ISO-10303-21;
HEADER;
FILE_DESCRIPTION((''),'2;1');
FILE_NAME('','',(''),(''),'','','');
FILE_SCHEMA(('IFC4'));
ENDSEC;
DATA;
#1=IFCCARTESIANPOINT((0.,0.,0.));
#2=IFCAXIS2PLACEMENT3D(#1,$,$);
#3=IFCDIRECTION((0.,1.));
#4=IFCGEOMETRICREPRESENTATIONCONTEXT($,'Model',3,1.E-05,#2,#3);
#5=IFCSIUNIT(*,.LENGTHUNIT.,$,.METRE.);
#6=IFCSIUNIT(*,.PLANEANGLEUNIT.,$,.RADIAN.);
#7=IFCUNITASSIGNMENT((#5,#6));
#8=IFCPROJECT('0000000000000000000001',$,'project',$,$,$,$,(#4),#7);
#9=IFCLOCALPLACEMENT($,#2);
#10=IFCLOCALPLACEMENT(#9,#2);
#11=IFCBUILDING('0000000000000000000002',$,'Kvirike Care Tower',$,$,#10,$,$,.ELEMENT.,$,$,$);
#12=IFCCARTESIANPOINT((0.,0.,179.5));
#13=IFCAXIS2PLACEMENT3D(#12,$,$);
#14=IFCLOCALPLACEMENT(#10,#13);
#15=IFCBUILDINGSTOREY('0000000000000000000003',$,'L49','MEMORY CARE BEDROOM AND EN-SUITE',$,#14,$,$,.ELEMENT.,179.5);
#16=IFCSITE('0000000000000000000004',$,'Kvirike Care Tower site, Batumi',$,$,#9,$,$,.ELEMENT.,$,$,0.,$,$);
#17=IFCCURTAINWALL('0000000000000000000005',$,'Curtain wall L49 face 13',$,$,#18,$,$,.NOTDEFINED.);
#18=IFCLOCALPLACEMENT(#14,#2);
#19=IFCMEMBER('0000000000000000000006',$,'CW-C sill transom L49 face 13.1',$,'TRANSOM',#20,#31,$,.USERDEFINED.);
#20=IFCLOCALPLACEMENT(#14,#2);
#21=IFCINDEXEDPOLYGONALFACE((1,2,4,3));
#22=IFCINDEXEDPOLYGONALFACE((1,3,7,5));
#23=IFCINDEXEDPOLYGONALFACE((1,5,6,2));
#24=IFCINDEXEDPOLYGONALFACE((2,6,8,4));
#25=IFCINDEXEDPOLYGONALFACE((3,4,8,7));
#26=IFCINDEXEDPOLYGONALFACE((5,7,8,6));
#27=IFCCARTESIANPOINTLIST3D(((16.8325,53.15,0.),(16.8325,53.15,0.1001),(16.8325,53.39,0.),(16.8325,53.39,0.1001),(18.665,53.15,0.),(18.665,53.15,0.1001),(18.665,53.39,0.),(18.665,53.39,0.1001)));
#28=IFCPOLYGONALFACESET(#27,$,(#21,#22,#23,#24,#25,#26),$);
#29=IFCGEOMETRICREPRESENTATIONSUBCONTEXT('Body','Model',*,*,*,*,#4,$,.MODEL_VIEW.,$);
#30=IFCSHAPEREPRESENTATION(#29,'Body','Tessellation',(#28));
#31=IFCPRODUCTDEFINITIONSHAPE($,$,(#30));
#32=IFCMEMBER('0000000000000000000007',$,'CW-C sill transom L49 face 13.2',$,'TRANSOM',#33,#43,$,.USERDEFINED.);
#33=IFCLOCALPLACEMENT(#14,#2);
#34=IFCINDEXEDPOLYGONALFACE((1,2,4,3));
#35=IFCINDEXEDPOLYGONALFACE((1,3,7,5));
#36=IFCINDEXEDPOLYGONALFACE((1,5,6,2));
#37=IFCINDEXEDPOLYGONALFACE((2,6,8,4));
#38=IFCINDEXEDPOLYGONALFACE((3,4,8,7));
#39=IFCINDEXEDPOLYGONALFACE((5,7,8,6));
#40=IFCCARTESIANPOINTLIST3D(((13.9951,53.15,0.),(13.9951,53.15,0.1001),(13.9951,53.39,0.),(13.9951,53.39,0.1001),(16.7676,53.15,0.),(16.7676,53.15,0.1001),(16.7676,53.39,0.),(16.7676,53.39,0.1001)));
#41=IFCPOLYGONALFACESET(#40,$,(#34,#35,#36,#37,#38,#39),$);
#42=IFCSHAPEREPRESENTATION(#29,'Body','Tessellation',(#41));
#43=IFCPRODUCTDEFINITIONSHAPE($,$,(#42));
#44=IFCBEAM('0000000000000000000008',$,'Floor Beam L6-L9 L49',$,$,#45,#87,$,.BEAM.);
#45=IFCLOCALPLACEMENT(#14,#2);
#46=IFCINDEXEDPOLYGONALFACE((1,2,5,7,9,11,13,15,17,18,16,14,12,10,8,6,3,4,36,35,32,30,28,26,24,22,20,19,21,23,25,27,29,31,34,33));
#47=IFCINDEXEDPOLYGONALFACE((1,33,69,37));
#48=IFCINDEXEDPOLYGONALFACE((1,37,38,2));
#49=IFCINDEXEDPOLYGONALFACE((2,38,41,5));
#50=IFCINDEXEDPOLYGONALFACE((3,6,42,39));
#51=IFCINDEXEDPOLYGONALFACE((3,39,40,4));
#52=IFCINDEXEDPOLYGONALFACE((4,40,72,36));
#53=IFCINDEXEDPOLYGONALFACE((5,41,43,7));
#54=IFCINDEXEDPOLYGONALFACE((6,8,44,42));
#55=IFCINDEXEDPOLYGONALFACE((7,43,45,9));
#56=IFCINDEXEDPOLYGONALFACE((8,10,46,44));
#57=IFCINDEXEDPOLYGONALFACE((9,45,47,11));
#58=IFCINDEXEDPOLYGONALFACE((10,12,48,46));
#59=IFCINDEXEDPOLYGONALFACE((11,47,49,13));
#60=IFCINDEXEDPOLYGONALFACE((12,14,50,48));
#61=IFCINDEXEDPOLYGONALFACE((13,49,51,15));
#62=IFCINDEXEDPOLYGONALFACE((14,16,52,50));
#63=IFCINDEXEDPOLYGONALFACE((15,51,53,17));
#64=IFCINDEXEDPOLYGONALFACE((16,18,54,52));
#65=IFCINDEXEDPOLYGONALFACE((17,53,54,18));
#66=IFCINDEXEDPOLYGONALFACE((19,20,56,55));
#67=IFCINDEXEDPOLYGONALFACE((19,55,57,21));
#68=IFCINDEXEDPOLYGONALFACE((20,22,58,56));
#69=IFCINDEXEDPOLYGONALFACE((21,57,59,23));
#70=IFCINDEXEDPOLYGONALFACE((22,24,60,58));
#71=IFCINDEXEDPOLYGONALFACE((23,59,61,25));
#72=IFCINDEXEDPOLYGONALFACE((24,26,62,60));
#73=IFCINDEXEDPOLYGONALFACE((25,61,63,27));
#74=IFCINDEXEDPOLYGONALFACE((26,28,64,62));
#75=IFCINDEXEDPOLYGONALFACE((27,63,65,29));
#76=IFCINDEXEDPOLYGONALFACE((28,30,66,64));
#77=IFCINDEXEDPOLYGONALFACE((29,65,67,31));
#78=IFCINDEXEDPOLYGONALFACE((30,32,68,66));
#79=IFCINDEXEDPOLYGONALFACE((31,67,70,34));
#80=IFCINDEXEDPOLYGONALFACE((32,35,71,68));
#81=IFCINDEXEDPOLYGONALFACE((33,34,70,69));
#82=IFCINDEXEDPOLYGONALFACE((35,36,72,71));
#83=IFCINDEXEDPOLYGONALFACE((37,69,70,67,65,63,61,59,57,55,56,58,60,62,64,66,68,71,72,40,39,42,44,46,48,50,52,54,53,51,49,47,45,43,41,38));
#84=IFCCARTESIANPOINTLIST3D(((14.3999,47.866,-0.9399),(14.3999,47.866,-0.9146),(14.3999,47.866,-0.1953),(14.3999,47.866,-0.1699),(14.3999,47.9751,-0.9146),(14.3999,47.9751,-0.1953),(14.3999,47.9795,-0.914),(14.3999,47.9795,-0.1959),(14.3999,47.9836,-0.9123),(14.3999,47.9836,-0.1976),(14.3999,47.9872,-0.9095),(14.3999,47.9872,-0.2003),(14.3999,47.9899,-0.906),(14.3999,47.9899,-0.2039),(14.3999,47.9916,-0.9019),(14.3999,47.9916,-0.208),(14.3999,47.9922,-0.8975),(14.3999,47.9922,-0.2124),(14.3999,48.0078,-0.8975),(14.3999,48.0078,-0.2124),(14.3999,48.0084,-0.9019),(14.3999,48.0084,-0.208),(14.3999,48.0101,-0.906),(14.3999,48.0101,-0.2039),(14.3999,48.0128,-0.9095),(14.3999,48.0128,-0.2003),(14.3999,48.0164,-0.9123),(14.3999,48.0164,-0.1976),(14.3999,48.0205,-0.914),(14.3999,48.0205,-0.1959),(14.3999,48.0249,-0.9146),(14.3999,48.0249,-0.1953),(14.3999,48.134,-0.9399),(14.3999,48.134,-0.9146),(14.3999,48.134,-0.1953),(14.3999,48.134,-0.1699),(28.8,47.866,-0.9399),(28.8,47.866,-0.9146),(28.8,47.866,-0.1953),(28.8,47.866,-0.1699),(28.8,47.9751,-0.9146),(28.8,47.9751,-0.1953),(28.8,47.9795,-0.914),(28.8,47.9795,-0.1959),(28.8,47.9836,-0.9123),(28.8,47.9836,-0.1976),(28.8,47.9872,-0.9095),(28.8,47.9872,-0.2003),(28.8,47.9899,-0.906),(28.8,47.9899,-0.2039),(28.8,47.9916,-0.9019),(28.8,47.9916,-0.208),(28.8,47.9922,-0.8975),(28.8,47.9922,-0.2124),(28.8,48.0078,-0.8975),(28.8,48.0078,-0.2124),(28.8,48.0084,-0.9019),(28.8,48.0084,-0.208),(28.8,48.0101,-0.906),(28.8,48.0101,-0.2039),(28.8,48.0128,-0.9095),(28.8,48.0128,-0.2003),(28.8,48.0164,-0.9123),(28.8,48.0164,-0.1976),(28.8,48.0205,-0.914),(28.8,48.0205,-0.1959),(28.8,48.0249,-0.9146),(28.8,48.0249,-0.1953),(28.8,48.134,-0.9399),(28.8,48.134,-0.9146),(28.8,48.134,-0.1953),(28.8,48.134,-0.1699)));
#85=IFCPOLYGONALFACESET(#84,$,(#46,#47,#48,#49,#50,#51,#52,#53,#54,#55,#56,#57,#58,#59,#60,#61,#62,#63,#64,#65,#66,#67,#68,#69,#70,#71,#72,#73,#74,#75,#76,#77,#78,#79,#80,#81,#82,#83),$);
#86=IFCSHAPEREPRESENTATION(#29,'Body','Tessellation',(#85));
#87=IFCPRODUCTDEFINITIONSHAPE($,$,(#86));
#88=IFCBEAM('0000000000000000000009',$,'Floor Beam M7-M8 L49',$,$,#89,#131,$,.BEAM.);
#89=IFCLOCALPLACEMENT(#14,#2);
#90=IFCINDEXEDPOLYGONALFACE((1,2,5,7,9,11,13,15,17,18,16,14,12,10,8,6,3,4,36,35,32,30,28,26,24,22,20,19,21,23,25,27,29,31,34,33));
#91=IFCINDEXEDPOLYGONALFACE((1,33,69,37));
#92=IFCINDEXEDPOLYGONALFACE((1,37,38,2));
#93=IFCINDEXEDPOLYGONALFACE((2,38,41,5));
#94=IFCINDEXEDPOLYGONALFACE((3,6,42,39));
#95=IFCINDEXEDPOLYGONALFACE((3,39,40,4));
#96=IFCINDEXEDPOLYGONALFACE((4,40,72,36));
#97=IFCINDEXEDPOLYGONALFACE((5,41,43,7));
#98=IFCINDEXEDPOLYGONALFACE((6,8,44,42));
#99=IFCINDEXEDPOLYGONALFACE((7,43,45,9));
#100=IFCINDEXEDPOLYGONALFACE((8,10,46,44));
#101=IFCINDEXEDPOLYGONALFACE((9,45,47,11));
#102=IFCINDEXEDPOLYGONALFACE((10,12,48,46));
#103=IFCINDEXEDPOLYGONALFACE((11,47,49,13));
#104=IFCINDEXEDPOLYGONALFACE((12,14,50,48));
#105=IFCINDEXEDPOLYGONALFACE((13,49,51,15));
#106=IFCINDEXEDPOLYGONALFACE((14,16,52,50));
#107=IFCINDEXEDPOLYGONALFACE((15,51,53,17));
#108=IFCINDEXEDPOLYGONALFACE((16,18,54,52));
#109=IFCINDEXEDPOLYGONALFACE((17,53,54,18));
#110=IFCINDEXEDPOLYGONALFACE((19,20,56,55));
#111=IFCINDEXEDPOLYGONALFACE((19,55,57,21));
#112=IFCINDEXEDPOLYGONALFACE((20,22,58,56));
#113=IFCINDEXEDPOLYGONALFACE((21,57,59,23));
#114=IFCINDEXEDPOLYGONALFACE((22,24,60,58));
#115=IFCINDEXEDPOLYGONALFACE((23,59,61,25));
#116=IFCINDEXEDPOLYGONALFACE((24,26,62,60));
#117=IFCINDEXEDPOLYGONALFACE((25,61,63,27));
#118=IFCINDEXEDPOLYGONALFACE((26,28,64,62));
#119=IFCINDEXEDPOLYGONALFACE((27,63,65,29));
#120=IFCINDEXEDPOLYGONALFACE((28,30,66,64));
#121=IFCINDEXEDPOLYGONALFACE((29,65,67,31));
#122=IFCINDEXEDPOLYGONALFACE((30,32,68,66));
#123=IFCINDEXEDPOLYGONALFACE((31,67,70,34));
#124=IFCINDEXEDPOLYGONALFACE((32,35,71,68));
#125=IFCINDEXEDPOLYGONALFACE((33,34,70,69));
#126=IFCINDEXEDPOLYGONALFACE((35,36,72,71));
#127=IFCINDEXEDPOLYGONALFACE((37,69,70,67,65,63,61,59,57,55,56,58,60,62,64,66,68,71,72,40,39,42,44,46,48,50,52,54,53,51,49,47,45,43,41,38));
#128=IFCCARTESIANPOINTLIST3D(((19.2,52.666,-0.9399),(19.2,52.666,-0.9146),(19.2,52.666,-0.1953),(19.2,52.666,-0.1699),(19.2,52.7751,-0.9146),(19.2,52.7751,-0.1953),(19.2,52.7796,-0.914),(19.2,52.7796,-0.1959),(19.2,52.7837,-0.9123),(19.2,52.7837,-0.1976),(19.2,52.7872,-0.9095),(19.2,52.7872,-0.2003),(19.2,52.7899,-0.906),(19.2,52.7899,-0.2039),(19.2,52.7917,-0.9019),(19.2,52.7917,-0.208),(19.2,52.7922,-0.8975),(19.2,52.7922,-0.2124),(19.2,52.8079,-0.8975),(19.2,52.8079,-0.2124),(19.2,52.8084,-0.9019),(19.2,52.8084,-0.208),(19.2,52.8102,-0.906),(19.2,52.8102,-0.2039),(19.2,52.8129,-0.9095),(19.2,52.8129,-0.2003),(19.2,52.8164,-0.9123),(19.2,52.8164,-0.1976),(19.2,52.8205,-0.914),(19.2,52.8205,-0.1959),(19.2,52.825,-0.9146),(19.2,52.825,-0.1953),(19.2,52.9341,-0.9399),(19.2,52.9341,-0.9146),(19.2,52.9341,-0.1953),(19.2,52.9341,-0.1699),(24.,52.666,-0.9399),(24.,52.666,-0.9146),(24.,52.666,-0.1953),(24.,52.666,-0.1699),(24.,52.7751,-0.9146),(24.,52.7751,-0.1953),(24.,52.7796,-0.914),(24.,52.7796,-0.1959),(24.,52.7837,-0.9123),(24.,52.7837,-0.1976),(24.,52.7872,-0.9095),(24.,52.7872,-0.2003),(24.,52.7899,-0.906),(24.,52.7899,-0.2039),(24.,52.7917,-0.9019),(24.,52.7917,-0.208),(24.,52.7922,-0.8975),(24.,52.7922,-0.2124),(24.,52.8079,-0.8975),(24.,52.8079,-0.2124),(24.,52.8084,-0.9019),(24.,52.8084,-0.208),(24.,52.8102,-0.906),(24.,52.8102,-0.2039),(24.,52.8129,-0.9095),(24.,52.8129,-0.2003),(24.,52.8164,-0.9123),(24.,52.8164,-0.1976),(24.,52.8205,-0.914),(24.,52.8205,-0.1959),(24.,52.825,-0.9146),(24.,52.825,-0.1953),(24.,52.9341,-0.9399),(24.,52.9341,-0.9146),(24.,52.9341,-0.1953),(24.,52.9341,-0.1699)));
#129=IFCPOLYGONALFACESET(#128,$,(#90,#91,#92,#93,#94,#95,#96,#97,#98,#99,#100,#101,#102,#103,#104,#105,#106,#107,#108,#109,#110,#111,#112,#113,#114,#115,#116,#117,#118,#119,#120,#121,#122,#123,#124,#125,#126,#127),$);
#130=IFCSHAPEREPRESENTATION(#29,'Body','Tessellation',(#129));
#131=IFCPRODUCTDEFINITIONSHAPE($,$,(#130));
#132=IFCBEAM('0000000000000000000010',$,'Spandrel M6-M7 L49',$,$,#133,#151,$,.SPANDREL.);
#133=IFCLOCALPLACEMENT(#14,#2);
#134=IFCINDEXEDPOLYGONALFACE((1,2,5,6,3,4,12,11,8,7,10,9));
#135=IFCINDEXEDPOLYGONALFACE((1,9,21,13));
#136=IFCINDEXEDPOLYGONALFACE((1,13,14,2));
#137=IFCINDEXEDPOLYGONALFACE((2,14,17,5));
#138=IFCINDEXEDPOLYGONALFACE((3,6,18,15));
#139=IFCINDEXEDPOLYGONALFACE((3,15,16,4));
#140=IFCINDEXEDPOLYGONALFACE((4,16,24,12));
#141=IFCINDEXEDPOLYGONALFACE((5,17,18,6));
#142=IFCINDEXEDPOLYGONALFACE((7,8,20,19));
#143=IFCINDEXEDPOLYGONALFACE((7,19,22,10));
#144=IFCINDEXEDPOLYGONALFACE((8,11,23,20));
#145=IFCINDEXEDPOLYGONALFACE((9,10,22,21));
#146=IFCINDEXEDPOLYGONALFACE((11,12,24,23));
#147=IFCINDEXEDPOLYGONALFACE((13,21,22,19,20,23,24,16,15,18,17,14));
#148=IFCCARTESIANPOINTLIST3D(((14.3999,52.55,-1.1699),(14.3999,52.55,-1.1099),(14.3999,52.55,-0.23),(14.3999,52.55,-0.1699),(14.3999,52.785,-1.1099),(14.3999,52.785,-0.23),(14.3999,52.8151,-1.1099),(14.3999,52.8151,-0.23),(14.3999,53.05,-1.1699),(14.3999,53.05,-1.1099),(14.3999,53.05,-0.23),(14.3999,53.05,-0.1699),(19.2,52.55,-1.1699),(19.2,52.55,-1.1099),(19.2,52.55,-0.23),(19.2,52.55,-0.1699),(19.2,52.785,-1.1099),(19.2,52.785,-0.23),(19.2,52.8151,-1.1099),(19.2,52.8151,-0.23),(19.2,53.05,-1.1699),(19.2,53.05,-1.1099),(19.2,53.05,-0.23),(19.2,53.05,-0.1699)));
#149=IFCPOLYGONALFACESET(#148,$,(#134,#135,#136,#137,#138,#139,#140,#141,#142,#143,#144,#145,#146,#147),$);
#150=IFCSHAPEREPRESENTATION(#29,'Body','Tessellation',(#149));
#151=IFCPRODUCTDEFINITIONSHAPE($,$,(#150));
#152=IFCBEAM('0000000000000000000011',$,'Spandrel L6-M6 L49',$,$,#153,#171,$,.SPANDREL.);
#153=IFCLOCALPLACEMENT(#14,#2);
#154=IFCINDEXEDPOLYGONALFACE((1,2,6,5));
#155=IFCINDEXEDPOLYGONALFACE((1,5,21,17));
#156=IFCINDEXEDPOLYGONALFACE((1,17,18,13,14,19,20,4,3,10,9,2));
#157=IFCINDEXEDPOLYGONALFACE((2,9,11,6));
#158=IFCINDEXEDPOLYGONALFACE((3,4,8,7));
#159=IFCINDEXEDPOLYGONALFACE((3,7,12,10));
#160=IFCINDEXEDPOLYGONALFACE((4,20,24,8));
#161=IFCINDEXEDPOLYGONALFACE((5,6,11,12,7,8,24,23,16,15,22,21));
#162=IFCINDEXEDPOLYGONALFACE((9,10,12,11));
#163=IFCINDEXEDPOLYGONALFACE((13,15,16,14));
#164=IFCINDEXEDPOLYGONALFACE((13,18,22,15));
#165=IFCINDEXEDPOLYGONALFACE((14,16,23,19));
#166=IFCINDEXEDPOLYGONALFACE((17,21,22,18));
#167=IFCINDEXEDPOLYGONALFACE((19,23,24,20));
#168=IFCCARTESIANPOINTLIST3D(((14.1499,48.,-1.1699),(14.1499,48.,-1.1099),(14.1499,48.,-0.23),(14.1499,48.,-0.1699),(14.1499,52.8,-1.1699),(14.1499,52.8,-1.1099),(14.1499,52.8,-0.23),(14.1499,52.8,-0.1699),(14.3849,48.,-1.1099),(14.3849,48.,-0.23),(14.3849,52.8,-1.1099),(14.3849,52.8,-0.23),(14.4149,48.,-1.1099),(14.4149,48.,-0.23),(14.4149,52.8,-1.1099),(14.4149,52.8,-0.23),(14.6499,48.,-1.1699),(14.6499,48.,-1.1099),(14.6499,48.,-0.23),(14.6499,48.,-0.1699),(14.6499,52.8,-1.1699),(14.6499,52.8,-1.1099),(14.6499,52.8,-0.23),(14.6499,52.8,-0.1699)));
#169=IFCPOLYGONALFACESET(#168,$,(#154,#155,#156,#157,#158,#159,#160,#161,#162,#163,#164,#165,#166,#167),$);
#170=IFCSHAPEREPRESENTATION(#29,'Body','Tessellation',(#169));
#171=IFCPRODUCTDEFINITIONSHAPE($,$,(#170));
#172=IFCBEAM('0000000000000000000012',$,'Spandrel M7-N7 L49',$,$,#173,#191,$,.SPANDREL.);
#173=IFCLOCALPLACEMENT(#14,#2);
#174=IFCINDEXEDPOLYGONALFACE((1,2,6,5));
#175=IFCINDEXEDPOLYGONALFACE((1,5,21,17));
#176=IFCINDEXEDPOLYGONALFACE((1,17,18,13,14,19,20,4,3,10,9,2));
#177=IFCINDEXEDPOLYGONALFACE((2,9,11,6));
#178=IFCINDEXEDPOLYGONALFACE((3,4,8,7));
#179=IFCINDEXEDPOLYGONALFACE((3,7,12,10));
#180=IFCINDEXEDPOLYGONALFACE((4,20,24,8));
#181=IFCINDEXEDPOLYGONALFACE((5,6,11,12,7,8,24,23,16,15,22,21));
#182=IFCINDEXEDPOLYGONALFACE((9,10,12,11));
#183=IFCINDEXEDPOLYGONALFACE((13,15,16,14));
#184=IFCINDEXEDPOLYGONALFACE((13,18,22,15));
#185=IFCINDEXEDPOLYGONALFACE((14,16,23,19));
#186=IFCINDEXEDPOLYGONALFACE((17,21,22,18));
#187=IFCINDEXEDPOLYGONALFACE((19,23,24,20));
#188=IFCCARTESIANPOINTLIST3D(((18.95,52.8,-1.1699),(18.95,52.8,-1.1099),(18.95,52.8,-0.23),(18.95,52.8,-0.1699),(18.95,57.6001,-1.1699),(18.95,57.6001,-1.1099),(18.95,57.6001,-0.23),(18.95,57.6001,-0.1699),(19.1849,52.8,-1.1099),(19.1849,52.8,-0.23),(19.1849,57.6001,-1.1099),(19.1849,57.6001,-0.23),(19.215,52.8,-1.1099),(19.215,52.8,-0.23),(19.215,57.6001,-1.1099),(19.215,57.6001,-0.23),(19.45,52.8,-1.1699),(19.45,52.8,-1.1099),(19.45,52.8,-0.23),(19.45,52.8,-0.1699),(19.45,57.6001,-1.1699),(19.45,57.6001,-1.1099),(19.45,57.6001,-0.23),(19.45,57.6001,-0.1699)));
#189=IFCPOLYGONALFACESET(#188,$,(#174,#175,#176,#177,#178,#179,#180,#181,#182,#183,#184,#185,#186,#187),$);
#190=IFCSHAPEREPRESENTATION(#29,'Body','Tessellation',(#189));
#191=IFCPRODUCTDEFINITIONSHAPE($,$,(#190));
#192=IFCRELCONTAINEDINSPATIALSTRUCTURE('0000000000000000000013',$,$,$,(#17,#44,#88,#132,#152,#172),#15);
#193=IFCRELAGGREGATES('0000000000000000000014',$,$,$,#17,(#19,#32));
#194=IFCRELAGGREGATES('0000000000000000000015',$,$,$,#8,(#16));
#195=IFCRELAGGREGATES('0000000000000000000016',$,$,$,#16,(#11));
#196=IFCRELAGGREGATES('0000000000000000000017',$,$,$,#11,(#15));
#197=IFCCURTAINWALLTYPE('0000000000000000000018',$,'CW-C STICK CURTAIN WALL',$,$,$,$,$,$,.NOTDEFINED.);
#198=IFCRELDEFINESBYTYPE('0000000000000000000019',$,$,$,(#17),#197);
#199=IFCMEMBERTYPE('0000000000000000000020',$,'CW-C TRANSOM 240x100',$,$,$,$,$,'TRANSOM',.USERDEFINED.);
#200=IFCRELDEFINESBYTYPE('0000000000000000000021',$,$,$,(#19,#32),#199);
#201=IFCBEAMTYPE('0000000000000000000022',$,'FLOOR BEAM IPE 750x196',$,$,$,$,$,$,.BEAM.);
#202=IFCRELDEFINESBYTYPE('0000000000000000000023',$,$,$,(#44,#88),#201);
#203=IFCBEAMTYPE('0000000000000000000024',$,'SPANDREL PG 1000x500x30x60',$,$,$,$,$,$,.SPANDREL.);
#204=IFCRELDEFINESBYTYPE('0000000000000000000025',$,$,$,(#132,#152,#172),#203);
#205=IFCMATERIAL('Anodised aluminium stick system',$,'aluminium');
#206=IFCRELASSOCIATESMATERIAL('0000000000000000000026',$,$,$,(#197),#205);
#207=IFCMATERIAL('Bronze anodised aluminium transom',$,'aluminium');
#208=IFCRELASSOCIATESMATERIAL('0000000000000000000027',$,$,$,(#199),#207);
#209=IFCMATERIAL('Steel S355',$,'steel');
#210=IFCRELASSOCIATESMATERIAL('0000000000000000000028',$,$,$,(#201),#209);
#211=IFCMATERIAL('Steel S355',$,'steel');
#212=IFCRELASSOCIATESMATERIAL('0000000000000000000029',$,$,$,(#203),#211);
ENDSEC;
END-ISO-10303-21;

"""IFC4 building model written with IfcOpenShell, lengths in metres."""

from ifc_helpers import new_model, si_unit, direction, frame, origin, origin_2d, place, context, subcontext, project, spatial, rectangle, i_section, extrude, material, material_profile, profile_set, type_object, element, aggregate, save


model = new_model("IFC4")

# Units and contexts
model_context = context("Model", 3, precision=1e-05, world=origin(), true_north=direction((0.0, 1.0)))
body_context = subcontext(model_context, "Body", "Model", "MODEL_VIEW")
ifc_project = project(units=[si_unit("LENGTHUNIT", "METRE"), si_unit("PLANEANGLEUNIT", "RADIAN")], contexts=[model_context])

# Site, building, storey
site_placement = place(None, origin())
site = spatial("IfcSite", under=ifc_project, at=site_placement, Name="Kvirike Care Tower site, Batumi", CompositionType="ELEMENT", RefElevation=0.0)
building_placement = place(site_placement, origin())
building = spatial("IfcBuilding", under=site, at=building_placement, Name="Kvirike Care Tower", CompositionType="ELEMENT")
storey_placement = place(building_placement, frame((0.0, 0.0, 179.5)))
storey = spatial("IfcBuildingStorey", under=building, at=storey_placement, Name="L49", Description="MEMORY CARE BEDROOM AND EN-SUITE", CompositionType="ELEMENT", Elevation=179.5)

# Shared definitions
ifc_material_1 = material(Name="Anodised aluminium stick system", Category="aluminium")
curtain_wall_type = type_object("IfcCurtainWallType", Name="CW-C STICK CURTAIN WALL", PredefinedType="NOTDEFINED", material=ifc_material_1)

# Curtain wall
curtain_wall_1_placement = place(storey_placement, origin())
curtain_wall_1 = element("IfcCurtainWall", 1, at=curtain_wall_1_placement, inside=storey, type_object=curtain_wall_type, Name="Curtain wall L49 face 13", PredefinedType="NOTDEFINED")

# Members
ifc_material_2 = material(Name="Bronze anodised aluminium transom", Category="aluminium")
ifc_material_profile_1 = material_profile(ifc_material_2, rectangle(XDim=0.24, YDim=0.1001, at=origin_2d()), Name="CW-C TRANSOM 240x100")
ifc_profile_set_1 = profile_set([ifc_material_profile_1], Name="Bronze anodised aluminium transom")
member_type_1 = type_object("IfcMemberType", Name="CW-C TRANSOM 240x100", ElementType="TRANSOM", PredefinedType="USERDEFINED", material=ifc_profile_set_1)
member_1_placement = place(storey_placement, frame((18.665, 53.27, 0.05), z_axis=(-1.0, 0.0, 0.0), x_axis=(0.0, -1.0, 0.0)))
member_1 = element("IfcMember", 2, at=member_1_placement, type_object=member_type_1, Name="CW-C sill transom L49 face 13.1", ObjectType="TRANSOM", PredefinedType="USERDEFINED", context=body_context, shape_type="SweptSolid", body=[
    extrude(rectangle(XDim=0.24, YDim=0.1001, at=origin_2d()), origin(), (0.0, 0.0, 1.0), 1.8325),
])
member_2_placement = place(storey_placement, frame((16.7676, 53.27, 0.05), z_axis=(-1.0, 0.0, 0.0), x_axis=(0.0, -1.0, 0.0)))
member_2 = element("IfcMember", 3, at=member_2_placement, type_object=member_type_1, Name="CW-C sill transom L49 face 13.2", ObjectType="TRANSOM", PredefinedType="USERDEFINED", context=body_context, shape_type="SweptSolid", body=[
    extrude(rectangle(XDim=0.24, YDim=0.1001, at=origin_2d()), origin(), (0.0, 0.0, 1.0), 2.7725),
])

# Beams
ifc_material_3 = material(Name="Steel S355", Category="steel")
ifc_material_profile_2 = material_profile(ifc_material_3, i_section(OverallWidth=0.2681, OverallDepth=0.77, WebThickness=0.0156, FlangeThickness=0.0254, FilletRadius=0.0171, at=origin_2d()), Name="IPE 750x196")
ifc_profile_set_2 = profile_set([ifc_material_profile_2], Name="Steel S355")
beam_type_1 = type_object("IfcBeamType", Name="FLOOR BEAM IPE 750x196", PredefinedType="BEAM", material=ifc_profile_set_2)
beam_1_placement = place(storey_placement, frame((14.3999, 48.0, -0.5549), z_axis=(1.0, 0.0, 0.0), x_axis=(0.0, 1.0, 0.0)))
element("IfcBeam", 4, at=beam_1_placement, inside=storey, type_object=beam_type_1, Name="Floor Beam L6-L9 L49", PredefinedType="BEAM", context=body_context, shape_type="SweptSolid", body=[
    extrude(i_section(OverallWidth=0.2681, OverallDepth=0.77, WebThickness=0.0156, FlangeThickness=0.0254, FilletRadius=0.0171, at=origin_2d()), origin(), (0.0, 0.0, 1.0), 14.4001),
])
beam_2_placement = place(storey_placement, frame((19.2, 52.8, -0.5549), z_axis=(1.0, 0.0, 0.0), x_axis=(0.0, 1.0, 0.0)))
element("IfcBeam", 5, at=beam_2_placement, inside=storey, type_object=beam_type_1, Name="Floor Beam M7-M8 L49", PredefinedType="BEAM", context=body_context, shape_type="SweptSolid", body=[
    extrude(i_section(OverallWidth=0.2681, OverallDepth=0.77, WebThickness=0.0156, FlangeThickness=0.0254, FilletRadius=0.0171, at=origin_2d()), origin(), (0.0, 0.0, 1.0), 4.8),
])
ifc_material_4 = material(Name="Steel S355", Category="steel")
ifc_material_profile_3 = material_profile(ifc_material_4, i_section(OverallWidth=0.5, OverallDepth=1.0, WebThickness=0.03, FlangeThickness=0.0601, at=origin_2d()), Name="PG 1000x500x30x60")
ifc_profile_set_3 = profile_set([ifc_material_profile_3], Name="Steel S355")
beam_type_2 = type_object("IfcBeamType", Name="SPANDREL PG 1000x500x30x60", PredefinedType="SPANDREL", material=ifc_profile_set_3)
for number, where, z_axis, x_axis, name in (
    (6, (14.3999, 52.8, -0.6699), (1.0, 0.0, 0.0), (0.0, 1.0, 0.0), "Spandrel M6-M7 L49"),
    (7, (14.3999, 48.0, -0.6699), (0.0, 1.0, 0.0), (-1.0, 0.0, 0.0), "Spandrel L6-M6 L49"),
    (8, (19.2, 52.8, -0.6699), (0.0, 1.0, 0.0), (-1.0, 0.0, 0.0), "Spandrel M7-N7 L49"),
):
    element("IfcBeam", number, at=place(storey_placement, frame(where, z_axis=z_axis, x_axis=x_axis)), inside=storey, type_object=beam_type_2, Name=name, PredefinedType="SPANDREL", context=body_context, shape_type="SweptSolid", body=[
        extrude(i_section(OverallWidth=0.5, OverallDepth=1.0, WebThickness=0.03, FlangeThickness=0.0601, at=origin_2d()), origin(), (0.0, 0.0, 1.0), 4.8),
    ])

aggregate(curtain_wall_1, [member_1, member_2])

save(model, "model.ifc")
